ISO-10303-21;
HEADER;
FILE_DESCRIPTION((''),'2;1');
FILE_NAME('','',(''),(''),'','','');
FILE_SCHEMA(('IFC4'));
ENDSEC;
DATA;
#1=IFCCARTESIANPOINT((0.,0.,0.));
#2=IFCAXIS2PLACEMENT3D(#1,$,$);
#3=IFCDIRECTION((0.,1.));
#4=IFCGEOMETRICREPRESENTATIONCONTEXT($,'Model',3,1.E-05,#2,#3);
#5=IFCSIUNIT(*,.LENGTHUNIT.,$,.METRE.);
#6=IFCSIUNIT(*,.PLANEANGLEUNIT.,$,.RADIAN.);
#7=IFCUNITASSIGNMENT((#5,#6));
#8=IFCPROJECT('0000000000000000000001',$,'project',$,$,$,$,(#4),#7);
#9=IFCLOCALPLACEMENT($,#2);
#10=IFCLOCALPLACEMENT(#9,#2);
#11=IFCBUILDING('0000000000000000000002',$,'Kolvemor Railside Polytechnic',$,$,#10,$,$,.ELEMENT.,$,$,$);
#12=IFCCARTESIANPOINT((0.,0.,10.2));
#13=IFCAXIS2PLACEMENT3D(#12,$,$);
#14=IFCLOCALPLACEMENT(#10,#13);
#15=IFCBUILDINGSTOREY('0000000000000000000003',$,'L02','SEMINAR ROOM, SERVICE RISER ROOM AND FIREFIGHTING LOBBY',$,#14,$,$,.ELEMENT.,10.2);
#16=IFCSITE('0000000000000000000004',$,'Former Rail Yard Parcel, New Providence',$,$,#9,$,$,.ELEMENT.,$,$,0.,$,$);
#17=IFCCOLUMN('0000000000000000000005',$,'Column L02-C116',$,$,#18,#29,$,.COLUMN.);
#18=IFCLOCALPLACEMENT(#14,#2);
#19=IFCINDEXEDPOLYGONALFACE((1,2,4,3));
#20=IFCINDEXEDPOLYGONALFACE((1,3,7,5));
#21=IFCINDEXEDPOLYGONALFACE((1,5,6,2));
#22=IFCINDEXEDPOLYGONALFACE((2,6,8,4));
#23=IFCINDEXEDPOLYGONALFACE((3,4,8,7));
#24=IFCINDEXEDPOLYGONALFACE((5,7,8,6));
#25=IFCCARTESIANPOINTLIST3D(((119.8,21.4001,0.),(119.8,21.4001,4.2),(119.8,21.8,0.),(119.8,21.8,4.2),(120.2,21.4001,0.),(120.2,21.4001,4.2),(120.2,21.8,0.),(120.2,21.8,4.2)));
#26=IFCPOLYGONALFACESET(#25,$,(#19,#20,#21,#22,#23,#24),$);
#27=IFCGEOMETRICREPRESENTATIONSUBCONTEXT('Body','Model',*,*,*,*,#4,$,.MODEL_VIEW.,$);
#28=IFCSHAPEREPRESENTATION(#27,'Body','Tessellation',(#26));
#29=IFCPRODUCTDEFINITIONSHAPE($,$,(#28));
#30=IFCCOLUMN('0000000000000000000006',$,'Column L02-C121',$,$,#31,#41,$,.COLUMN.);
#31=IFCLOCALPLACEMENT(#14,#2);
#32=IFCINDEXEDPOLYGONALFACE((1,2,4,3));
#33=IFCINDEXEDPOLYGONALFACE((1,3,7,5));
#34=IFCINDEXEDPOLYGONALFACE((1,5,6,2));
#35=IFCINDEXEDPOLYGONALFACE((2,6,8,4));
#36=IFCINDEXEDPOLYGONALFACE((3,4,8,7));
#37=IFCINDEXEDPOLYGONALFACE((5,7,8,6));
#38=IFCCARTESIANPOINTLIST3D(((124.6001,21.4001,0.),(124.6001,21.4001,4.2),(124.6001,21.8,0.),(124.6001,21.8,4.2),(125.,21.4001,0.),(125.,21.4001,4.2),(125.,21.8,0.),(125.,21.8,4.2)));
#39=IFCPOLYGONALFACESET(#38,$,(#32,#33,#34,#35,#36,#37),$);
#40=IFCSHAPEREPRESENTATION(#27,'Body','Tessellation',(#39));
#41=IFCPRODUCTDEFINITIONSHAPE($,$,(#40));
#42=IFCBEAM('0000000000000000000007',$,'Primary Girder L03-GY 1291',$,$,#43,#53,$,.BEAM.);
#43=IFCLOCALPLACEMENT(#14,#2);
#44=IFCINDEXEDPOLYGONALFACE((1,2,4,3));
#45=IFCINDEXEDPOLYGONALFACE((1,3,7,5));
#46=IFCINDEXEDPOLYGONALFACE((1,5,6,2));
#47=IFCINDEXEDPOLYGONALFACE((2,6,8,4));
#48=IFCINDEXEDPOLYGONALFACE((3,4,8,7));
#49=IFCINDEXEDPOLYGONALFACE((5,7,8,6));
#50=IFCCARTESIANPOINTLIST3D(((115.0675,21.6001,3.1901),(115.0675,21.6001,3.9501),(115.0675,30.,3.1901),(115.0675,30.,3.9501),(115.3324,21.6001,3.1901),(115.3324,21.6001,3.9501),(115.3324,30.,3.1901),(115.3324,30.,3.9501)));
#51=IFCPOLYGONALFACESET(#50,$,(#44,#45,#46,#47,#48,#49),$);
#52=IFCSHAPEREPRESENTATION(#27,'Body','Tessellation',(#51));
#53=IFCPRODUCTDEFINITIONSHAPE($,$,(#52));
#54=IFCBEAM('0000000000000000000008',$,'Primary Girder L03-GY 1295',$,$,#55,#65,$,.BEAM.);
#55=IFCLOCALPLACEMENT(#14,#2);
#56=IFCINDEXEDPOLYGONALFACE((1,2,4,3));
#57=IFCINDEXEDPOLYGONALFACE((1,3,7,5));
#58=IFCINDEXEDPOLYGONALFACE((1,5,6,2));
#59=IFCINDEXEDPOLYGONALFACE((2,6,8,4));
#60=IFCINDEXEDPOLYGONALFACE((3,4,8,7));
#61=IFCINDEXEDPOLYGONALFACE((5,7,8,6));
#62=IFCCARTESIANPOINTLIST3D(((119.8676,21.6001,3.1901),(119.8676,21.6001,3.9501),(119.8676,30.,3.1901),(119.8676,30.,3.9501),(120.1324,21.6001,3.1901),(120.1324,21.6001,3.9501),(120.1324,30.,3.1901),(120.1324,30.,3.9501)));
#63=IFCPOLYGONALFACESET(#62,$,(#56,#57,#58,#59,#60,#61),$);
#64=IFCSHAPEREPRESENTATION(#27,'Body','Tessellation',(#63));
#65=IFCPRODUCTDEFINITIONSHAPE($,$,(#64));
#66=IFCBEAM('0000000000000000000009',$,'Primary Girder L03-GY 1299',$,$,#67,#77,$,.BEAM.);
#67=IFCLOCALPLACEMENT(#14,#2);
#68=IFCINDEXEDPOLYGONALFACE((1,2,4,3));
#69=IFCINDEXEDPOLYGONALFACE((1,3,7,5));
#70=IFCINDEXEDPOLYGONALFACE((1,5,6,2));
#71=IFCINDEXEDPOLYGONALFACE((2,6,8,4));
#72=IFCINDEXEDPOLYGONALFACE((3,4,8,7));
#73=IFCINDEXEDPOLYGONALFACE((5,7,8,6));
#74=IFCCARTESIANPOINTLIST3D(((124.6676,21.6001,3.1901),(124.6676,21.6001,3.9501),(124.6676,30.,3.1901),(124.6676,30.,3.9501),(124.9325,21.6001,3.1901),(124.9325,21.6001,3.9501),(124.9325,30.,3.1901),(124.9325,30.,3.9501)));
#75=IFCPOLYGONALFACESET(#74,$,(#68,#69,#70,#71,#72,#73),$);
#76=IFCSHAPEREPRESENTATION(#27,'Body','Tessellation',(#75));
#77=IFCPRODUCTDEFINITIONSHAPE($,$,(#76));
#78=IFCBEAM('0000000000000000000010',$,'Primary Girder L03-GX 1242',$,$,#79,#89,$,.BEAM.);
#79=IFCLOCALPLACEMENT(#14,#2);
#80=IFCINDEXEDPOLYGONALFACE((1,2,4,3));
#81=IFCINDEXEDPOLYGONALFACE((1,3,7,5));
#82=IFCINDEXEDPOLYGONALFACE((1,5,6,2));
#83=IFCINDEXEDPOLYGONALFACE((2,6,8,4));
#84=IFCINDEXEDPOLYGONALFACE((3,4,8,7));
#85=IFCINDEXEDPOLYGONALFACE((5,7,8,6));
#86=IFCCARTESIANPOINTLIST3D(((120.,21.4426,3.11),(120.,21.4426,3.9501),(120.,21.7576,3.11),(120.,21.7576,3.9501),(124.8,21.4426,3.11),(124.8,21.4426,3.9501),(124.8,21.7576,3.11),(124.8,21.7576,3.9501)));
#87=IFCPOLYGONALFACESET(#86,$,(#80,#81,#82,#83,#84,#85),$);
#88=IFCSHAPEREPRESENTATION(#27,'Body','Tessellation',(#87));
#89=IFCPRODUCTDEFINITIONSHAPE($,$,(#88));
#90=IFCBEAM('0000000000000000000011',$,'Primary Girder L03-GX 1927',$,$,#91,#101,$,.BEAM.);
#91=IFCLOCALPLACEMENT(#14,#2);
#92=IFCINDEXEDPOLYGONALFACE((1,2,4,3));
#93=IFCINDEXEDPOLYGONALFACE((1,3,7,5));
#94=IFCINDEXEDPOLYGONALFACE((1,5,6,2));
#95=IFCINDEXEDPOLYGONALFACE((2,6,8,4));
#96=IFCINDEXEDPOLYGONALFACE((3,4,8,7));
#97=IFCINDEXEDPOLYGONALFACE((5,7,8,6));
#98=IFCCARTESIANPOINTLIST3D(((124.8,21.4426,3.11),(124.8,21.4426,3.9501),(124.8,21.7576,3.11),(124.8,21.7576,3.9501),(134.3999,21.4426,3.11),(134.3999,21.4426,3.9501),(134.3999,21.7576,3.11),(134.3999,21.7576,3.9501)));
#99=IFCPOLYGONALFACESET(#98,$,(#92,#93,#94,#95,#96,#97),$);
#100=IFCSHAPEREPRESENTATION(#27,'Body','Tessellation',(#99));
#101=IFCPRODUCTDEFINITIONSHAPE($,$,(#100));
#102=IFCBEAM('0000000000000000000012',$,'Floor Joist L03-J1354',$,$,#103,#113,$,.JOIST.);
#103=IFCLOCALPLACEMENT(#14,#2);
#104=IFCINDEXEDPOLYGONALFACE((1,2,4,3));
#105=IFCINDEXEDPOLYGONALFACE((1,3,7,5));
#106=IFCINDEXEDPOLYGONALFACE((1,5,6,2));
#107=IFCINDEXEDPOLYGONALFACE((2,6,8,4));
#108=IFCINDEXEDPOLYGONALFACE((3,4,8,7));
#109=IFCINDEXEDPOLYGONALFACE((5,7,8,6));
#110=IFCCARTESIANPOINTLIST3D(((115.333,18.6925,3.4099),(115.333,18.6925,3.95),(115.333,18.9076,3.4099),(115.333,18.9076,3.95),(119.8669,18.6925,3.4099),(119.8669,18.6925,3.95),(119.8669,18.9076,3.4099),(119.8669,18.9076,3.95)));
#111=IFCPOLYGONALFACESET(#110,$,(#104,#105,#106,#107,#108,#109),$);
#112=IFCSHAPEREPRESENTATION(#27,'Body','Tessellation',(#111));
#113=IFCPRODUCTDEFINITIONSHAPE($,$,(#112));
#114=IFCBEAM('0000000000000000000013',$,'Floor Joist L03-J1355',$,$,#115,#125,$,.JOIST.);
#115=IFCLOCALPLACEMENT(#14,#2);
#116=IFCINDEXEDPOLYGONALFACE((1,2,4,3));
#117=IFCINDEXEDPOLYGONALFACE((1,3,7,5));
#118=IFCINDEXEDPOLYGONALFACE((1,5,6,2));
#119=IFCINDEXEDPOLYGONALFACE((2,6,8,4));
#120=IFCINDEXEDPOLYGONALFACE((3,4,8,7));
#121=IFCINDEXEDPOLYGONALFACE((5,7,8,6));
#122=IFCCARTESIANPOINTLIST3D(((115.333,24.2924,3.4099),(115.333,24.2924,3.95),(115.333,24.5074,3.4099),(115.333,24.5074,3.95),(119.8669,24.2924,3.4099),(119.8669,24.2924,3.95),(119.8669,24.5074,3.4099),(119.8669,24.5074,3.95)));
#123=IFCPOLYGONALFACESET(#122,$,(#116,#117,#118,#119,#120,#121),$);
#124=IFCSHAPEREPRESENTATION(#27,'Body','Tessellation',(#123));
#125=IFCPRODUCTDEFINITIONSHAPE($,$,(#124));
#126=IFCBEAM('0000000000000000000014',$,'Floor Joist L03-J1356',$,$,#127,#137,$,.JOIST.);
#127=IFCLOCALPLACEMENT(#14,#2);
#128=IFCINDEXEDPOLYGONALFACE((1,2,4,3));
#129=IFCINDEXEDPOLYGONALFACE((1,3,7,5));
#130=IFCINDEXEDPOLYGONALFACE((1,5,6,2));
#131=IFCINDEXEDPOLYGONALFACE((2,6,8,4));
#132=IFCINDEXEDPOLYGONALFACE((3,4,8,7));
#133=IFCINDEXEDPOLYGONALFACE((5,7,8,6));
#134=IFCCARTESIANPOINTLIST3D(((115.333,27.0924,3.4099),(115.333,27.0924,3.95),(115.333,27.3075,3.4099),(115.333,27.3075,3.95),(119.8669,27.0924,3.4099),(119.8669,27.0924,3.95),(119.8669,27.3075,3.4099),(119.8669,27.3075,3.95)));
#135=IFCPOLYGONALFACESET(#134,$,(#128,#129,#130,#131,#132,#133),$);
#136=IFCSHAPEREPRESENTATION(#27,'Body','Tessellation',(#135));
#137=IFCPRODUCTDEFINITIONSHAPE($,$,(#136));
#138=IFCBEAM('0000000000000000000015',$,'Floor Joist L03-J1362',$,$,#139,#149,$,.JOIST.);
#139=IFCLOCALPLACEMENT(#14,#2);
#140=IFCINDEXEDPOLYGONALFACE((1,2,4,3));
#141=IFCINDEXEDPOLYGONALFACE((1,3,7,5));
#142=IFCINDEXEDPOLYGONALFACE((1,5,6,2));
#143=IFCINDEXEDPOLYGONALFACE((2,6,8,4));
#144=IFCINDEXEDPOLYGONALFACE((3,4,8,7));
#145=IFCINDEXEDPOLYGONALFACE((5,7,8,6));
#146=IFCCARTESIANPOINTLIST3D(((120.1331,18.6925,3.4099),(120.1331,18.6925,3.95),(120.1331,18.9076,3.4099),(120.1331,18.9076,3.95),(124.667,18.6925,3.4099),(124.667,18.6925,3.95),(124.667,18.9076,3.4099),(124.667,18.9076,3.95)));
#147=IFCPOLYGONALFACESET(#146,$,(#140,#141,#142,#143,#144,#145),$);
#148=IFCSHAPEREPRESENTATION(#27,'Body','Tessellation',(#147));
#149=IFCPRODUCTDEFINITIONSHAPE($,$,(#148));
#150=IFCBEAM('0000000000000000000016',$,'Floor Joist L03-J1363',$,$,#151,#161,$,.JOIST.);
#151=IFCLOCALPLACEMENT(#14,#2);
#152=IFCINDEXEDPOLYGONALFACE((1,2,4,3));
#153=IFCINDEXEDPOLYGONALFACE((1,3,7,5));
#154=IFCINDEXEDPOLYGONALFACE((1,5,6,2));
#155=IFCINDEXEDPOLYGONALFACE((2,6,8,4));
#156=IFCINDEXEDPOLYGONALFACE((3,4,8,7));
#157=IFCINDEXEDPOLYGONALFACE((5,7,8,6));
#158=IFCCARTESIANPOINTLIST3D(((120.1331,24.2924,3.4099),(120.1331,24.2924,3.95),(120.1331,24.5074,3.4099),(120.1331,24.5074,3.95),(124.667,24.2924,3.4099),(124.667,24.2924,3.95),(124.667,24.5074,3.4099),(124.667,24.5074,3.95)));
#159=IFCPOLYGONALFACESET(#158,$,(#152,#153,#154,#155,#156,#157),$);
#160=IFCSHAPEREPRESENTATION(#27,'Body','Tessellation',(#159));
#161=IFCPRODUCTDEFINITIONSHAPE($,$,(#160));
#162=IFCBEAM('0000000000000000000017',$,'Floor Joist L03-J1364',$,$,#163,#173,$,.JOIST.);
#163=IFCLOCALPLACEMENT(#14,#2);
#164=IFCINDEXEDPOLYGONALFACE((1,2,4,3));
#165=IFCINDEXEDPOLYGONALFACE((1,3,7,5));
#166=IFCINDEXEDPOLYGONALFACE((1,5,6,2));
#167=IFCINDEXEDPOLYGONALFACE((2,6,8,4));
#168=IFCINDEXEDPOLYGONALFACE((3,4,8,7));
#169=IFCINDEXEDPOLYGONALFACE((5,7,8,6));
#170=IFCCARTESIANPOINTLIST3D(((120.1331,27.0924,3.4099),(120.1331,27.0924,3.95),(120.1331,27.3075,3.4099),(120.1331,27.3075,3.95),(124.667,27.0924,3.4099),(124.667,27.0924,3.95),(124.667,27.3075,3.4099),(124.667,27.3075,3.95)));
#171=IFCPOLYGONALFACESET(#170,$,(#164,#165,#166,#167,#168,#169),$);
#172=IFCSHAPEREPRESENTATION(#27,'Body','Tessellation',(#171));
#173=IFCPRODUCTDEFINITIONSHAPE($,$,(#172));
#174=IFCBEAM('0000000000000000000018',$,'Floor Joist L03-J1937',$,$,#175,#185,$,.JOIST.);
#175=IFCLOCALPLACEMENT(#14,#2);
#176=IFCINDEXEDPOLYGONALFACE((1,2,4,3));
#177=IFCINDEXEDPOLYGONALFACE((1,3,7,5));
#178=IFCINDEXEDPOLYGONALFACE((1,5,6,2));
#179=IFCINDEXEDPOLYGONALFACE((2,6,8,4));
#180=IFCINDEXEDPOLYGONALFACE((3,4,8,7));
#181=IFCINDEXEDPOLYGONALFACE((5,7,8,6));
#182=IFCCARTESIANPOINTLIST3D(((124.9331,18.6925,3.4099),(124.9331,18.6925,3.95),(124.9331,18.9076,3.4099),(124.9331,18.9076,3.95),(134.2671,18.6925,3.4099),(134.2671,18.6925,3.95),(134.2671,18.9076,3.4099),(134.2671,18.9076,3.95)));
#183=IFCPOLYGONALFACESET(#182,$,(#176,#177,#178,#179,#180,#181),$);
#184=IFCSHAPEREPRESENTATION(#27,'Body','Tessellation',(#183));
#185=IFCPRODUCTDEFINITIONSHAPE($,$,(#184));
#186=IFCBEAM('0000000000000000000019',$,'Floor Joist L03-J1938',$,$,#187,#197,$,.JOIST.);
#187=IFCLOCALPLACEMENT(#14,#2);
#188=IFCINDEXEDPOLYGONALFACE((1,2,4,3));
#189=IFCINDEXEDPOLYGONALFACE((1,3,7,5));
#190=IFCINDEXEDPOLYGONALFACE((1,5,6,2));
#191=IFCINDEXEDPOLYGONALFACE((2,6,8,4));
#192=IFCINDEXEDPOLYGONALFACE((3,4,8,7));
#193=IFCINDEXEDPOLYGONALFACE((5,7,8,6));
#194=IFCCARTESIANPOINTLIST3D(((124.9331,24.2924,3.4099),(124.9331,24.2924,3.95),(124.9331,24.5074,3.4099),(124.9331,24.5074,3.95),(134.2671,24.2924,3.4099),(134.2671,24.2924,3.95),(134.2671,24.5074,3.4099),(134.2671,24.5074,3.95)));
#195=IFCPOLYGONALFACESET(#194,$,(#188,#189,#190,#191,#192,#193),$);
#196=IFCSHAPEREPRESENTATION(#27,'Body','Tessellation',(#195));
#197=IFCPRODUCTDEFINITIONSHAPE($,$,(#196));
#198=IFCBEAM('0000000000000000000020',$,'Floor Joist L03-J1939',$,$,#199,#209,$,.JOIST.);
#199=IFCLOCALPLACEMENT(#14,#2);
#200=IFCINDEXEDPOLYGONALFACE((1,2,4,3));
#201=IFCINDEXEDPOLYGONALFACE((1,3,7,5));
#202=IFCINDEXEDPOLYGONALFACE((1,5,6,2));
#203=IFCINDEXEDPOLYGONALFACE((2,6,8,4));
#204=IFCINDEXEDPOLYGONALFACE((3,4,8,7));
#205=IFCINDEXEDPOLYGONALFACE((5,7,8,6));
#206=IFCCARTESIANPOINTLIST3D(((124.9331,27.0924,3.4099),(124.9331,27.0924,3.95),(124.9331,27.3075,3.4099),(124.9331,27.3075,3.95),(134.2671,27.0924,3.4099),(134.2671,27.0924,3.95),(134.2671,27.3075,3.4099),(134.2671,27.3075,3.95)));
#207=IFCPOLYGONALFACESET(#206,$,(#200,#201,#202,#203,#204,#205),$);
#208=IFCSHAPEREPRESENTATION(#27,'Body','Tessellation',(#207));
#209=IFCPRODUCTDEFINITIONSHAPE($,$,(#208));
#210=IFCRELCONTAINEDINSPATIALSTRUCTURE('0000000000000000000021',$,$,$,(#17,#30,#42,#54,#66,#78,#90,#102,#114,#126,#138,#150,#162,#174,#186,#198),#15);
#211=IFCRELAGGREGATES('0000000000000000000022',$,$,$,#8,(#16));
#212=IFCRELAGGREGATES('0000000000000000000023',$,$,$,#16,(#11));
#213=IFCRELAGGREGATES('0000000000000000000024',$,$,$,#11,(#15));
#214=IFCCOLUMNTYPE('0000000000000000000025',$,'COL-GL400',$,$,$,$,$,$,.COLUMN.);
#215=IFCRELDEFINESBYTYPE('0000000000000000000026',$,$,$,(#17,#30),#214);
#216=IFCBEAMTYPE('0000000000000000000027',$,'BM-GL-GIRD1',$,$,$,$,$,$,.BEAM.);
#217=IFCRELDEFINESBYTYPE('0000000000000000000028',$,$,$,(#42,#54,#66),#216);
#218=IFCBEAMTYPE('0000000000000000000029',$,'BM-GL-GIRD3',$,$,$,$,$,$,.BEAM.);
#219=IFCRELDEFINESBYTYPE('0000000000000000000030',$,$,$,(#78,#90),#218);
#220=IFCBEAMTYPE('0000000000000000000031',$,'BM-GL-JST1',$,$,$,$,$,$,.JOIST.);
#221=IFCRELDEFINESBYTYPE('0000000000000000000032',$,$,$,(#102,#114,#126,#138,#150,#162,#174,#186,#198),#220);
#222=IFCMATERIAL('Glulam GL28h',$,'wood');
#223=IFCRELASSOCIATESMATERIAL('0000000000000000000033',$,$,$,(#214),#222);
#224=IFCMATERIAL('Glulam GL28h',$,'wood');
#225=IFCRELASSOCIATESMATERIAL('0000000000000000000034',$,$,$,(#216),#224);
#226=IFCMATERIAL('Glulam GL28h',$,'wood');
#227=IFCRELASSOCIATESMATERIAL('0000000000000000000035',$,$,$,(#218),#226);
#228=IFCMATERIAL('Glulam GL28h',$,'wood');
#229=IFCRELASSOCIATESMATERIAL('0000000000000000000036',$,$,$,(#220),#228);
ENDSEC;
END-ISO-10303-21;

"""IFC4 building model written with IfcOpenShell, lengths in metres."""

from ifc_helpers import new_model, si_unit, direction, frame, origin, origin_2d, place, context, subcontext, project, spatial, rectangle, extrude, material, material_profile, profile_set, type_object, element, save


model = new_model("IFC4")

# Units and contexts
model_context = context("Model", 3, precision=1e-05, world=origin(), true_north=direction((0.0, 1.0)))
body_context = subcontext(model_context, "Body", "Model", "MODEL_VIEW")
ifc_project = project(units=[si_unit("LENGTHUNIT", "METRE"), si_unit("PLANEANGLEUNIT", "RADIAN")], contexts=[model_context])

# Site, building, storey
site_placement = place(None, origin())
site = spatial("IfcSite", under=ifc_project, at=site_placement, Name="Former Rail Yard Parcel, New Providence", CompositionType="ELEMENT", RefElevation=0.0)
building_placement = place(site_placement, origin())
building = spatial("IfcBuilding", under=site, at=building_placement, Name="Kolvemor Railside Polytechnic", CompositionType="ELEMENT")
storey_placement = place(building_placement, frame((0.0, 0.0, 10.2)))
storey = spatial("IfcBuildingStorey", under=building, at=storey_placement, Name="L02", Description="SEMINAR ROOM, SERVICE RISER ROOM AND FIREFIGHTING LOBBY", CompositionType="ELEMENT", Elevation=10.2)

# Columns
ifc_material_1 = material(Name="Glulam GL28h", Category="wood")
ifc_material_profile_1 = material_profile(ifc_material_1, rectangle(XDim=0.3999, YDim=0.3999, at=origin_2d()), Name="GL400x400")
ifc_profile_set_1 = profile_set([ifc_material_profile_1], Name="Glulam GL28h")
column_type = type_object("IfcColumnType", Name="COL-GL400", PredefinedType="COLUMN", material=ifc_profile_set_1)
for number, where, z_axis, x_axis, name in (
    (1, (120.0, 21.6001, 0.0), (0.0, 0.0, 1.0), (1.0, 0.0, 0.0), "Column L02-C116"),
    (2, (124.8, 21.6001, 0.0), (0.0, 0.0, 1.0), (1.0, 0.0, 0.0), "Column L02-C121"),
):
    element("IfcColumn", number, at=place(storey_placement, frame(where, z_axis=z_axis, x_axis=x_axis)), inside=storey, type_object=column_type, Name=name, PredefinedType="COLUMN", context=body_context, shape_type="SweptSolid", body=[
        extrude(rectangle(XDim=0.3999, YDim=0.3999, at=origin_2d()), origin(), (0.0, 0.0, 1.0), 4.2),
    ])

# Beams
ifc_material_2 = material(Name="Glulam GL28h", Category="wood")
ifc_material_profile_2 = material_profile(ifc_material_2, rectangle(XDim=0.2649, YDim=0.76, at=origin_2d()), Name="GL265x760")
ifc_profile_set_2 = profile_set([ifc_material_profile_2], Name="Glulam GL28h")
beam_type_1 = type_object("IfcBeamType", Name="BM-GL-GIRD1", PredefinedType="BEAM", material=ifc_profile_set_2)
for number, where, z_axis, x_axis, name in (
    (3, (115.2, 21.6001, 3.5701), (0.0, 1.0, 0.0), (-1.0, 0.0, 0.0), "Primary Girder L03-GY 1291"),
    (4, (120.0, 21.6001, 3.5701), (0.0, 1.0, 0.0), (-1.0, 0.0, 0.0), "Primary Girder L03-GY 1295"),
    (5, (124.8, 21.6001, 3.5701), (0.0, 1.0, 0.0), (-1.0, 0.0, 0.0), "Primary Girder L03-GY 1299"),
):
    element("IfcBeam", number, at=place(storey_placement, frame(where, z_axis=z_axis, x_axis=x_axis)), inside=storey, type_object=beam_type_1, Name=name, PredefinedType="BEAM", context=body_context, shape_type="SweptSolid", body=[
        extrude(rectangle(XDim=0.2649, YDim=0.76, at=origin_2d()), origin(), (0.0, 0.0, 1.0), 8.3999),
    ])
ifc_material_3 = material(Name="Glulam GL28h", Category="wood")
ifc_material_profile_3 = material_profile(ifc_material_3, rectangle(XDim=0.3149, YDim=0.8401, at=origin_2d()), Name="GL315x840")
ifc_profile_set_3 = profile_set([ifc_material_profile_3], Name="Glulam GL28h")
beam_type_2 = type_object("IfcBeamType", Name="BM-GL-GIRD3", PredefinedType="BEAM", material=ifc_profile_set_3)
beam_1_placement = place(storey_placement, frame((120.0, 21.6001, 3.53), z_axis=(1.0, 0.0, 0.0), x_axis=(0.0, 1.0, 0.0)))
element("IfcBeam", 6, at=beam_1_placement, inside=storey, type_object=beam_type_2, Name="Primary Girder L03-GX 1242", PredefinedType="BEAM", context=body_context, shape_type="SweptSolid", body=[
    extrude(rectangle(XDim=0.3149, YDim=0.8401, at=origin_2d()), origin(), (0.0, 0.0, 1.0), 4.8),
])
beam_2_placement = place(storey_placement, frame((124.8, 21.6001, 3.53), z_axis=(1.0, 0.0, 0.0), x_axis=(0.0, 1.0, 0.0)))
element("IfcBeam", 7, at=beam_2_placement, inside=storey, type_object=beam_type_2, Name="Primary Girder L03-GX 1927", PredefinedType="BEAM", context=body_context, shape_type="SweptSolid", body=[
    extrude(rectangle(XDim=0.3149, YDim=0.8401, at=origin_2d()), origin(), (0.0, 0.0, 1.0), 9.5999),
])
ifc_material_4 = material(Name="Glulam GL28h", Category="wood")
ifc_material_profile_4 = material_profile(ifc_material_4, rectangle(XDim=0.2151, YDim=0.54, at=origin_2d()), Name="GL215x540")
ifc_profile_set_4 = profile_set([ifc_material_profile_4], Name="Glulam GL28h")
beam_type_3 = type_object("IfcBeamType", Name="BM-GL-JST1", PredefinedType="JOIST", material=ifc_profile_set_4)
for number, where, z_axis, x_axis, name in (
    (8, (115.333, 18.8, 3.6799), (1.0, 0.0, 0.0), (0.0, 1.0, 0.0), "Floor Joist L03-J1354"),
    (9, (115.333, 24.3999, 3.6799), (1.0, 0.0, 0.0), (0.0, 1.0, 0.0), "Floor Joist L03-J1355"),
    (10, (115.333, 27.2, 3.6799), (1.0, 0.0, 0.0), (0.0, 1.0, 0.0), "Floor Joist L03-J1356"),
    (11, (120.1331, 18.8, 3.6799), (1.0, 0.0, 0.0), (0.0, 1.0, 0.0), "Floor Joist L03-J1362"),
    (12, (120.1331, 24.3999, 3.6799), (1.0, 0.0, 0.0), (0.0, 1.0, 0.0), "Floor Joist L03-J1363"),
    (13, (120.1331, 27.2, 3.6799), (1.0, 0.0, 0.0), (0.0, 1.0, 0.0), "Floor Joist L03-J1364"),
):
    element("IfcBeam", number, at=place(storey_placement, frame(where, z_axis=z_axis, x_axis=x_axis)), inside=storey, type_object=beam_type_3, Name=name, PredefinedType="JOIST", context=body_context, shape_type="SweptSolid", body=[
        extrude(rectangle(XDim=0.2151, YDim=0.54, at=origin_2d()), origin(), (0.0, 0.0, 1.0), 4.5339),
    ])
for number, where, z_axis, x_axis, name in (
    (14, (124.9331, 18.8, 3.6799), (1.0, 0.0, 0.0), (0.0, 1.0, 0.0), "Floor Joist L03-J1937"),
    (15, (124.9331, 24.3999, 3.6799), (1.0, 0.0, 0.0), (0.0, 1.0, 0.0), "Floor Joist L03-J1938"),
    (16, (124.9331, 27.2, 3.6799), (1.0, 0.0, 0.0), (0.0, 1.0, 0.0), "Floor Joist L03-J1939"),
):
    element("IfcBeam", number, at=place(storey_placement, frame(where, z_axis=z_axis, x_axis=x_axis)), inside=storey, type_object=beam_type_3, Name=name, PredefinedType="JOIST", context=body_context, shape_type="SweptSolid", body=[
        extrude(rectangle(XDim=0.2151, YDim=0.54, at=origin_2d()), origin(), (0.0, 0.0, 1.0), 9.334),
    ])

save(model, "model.ifc")
